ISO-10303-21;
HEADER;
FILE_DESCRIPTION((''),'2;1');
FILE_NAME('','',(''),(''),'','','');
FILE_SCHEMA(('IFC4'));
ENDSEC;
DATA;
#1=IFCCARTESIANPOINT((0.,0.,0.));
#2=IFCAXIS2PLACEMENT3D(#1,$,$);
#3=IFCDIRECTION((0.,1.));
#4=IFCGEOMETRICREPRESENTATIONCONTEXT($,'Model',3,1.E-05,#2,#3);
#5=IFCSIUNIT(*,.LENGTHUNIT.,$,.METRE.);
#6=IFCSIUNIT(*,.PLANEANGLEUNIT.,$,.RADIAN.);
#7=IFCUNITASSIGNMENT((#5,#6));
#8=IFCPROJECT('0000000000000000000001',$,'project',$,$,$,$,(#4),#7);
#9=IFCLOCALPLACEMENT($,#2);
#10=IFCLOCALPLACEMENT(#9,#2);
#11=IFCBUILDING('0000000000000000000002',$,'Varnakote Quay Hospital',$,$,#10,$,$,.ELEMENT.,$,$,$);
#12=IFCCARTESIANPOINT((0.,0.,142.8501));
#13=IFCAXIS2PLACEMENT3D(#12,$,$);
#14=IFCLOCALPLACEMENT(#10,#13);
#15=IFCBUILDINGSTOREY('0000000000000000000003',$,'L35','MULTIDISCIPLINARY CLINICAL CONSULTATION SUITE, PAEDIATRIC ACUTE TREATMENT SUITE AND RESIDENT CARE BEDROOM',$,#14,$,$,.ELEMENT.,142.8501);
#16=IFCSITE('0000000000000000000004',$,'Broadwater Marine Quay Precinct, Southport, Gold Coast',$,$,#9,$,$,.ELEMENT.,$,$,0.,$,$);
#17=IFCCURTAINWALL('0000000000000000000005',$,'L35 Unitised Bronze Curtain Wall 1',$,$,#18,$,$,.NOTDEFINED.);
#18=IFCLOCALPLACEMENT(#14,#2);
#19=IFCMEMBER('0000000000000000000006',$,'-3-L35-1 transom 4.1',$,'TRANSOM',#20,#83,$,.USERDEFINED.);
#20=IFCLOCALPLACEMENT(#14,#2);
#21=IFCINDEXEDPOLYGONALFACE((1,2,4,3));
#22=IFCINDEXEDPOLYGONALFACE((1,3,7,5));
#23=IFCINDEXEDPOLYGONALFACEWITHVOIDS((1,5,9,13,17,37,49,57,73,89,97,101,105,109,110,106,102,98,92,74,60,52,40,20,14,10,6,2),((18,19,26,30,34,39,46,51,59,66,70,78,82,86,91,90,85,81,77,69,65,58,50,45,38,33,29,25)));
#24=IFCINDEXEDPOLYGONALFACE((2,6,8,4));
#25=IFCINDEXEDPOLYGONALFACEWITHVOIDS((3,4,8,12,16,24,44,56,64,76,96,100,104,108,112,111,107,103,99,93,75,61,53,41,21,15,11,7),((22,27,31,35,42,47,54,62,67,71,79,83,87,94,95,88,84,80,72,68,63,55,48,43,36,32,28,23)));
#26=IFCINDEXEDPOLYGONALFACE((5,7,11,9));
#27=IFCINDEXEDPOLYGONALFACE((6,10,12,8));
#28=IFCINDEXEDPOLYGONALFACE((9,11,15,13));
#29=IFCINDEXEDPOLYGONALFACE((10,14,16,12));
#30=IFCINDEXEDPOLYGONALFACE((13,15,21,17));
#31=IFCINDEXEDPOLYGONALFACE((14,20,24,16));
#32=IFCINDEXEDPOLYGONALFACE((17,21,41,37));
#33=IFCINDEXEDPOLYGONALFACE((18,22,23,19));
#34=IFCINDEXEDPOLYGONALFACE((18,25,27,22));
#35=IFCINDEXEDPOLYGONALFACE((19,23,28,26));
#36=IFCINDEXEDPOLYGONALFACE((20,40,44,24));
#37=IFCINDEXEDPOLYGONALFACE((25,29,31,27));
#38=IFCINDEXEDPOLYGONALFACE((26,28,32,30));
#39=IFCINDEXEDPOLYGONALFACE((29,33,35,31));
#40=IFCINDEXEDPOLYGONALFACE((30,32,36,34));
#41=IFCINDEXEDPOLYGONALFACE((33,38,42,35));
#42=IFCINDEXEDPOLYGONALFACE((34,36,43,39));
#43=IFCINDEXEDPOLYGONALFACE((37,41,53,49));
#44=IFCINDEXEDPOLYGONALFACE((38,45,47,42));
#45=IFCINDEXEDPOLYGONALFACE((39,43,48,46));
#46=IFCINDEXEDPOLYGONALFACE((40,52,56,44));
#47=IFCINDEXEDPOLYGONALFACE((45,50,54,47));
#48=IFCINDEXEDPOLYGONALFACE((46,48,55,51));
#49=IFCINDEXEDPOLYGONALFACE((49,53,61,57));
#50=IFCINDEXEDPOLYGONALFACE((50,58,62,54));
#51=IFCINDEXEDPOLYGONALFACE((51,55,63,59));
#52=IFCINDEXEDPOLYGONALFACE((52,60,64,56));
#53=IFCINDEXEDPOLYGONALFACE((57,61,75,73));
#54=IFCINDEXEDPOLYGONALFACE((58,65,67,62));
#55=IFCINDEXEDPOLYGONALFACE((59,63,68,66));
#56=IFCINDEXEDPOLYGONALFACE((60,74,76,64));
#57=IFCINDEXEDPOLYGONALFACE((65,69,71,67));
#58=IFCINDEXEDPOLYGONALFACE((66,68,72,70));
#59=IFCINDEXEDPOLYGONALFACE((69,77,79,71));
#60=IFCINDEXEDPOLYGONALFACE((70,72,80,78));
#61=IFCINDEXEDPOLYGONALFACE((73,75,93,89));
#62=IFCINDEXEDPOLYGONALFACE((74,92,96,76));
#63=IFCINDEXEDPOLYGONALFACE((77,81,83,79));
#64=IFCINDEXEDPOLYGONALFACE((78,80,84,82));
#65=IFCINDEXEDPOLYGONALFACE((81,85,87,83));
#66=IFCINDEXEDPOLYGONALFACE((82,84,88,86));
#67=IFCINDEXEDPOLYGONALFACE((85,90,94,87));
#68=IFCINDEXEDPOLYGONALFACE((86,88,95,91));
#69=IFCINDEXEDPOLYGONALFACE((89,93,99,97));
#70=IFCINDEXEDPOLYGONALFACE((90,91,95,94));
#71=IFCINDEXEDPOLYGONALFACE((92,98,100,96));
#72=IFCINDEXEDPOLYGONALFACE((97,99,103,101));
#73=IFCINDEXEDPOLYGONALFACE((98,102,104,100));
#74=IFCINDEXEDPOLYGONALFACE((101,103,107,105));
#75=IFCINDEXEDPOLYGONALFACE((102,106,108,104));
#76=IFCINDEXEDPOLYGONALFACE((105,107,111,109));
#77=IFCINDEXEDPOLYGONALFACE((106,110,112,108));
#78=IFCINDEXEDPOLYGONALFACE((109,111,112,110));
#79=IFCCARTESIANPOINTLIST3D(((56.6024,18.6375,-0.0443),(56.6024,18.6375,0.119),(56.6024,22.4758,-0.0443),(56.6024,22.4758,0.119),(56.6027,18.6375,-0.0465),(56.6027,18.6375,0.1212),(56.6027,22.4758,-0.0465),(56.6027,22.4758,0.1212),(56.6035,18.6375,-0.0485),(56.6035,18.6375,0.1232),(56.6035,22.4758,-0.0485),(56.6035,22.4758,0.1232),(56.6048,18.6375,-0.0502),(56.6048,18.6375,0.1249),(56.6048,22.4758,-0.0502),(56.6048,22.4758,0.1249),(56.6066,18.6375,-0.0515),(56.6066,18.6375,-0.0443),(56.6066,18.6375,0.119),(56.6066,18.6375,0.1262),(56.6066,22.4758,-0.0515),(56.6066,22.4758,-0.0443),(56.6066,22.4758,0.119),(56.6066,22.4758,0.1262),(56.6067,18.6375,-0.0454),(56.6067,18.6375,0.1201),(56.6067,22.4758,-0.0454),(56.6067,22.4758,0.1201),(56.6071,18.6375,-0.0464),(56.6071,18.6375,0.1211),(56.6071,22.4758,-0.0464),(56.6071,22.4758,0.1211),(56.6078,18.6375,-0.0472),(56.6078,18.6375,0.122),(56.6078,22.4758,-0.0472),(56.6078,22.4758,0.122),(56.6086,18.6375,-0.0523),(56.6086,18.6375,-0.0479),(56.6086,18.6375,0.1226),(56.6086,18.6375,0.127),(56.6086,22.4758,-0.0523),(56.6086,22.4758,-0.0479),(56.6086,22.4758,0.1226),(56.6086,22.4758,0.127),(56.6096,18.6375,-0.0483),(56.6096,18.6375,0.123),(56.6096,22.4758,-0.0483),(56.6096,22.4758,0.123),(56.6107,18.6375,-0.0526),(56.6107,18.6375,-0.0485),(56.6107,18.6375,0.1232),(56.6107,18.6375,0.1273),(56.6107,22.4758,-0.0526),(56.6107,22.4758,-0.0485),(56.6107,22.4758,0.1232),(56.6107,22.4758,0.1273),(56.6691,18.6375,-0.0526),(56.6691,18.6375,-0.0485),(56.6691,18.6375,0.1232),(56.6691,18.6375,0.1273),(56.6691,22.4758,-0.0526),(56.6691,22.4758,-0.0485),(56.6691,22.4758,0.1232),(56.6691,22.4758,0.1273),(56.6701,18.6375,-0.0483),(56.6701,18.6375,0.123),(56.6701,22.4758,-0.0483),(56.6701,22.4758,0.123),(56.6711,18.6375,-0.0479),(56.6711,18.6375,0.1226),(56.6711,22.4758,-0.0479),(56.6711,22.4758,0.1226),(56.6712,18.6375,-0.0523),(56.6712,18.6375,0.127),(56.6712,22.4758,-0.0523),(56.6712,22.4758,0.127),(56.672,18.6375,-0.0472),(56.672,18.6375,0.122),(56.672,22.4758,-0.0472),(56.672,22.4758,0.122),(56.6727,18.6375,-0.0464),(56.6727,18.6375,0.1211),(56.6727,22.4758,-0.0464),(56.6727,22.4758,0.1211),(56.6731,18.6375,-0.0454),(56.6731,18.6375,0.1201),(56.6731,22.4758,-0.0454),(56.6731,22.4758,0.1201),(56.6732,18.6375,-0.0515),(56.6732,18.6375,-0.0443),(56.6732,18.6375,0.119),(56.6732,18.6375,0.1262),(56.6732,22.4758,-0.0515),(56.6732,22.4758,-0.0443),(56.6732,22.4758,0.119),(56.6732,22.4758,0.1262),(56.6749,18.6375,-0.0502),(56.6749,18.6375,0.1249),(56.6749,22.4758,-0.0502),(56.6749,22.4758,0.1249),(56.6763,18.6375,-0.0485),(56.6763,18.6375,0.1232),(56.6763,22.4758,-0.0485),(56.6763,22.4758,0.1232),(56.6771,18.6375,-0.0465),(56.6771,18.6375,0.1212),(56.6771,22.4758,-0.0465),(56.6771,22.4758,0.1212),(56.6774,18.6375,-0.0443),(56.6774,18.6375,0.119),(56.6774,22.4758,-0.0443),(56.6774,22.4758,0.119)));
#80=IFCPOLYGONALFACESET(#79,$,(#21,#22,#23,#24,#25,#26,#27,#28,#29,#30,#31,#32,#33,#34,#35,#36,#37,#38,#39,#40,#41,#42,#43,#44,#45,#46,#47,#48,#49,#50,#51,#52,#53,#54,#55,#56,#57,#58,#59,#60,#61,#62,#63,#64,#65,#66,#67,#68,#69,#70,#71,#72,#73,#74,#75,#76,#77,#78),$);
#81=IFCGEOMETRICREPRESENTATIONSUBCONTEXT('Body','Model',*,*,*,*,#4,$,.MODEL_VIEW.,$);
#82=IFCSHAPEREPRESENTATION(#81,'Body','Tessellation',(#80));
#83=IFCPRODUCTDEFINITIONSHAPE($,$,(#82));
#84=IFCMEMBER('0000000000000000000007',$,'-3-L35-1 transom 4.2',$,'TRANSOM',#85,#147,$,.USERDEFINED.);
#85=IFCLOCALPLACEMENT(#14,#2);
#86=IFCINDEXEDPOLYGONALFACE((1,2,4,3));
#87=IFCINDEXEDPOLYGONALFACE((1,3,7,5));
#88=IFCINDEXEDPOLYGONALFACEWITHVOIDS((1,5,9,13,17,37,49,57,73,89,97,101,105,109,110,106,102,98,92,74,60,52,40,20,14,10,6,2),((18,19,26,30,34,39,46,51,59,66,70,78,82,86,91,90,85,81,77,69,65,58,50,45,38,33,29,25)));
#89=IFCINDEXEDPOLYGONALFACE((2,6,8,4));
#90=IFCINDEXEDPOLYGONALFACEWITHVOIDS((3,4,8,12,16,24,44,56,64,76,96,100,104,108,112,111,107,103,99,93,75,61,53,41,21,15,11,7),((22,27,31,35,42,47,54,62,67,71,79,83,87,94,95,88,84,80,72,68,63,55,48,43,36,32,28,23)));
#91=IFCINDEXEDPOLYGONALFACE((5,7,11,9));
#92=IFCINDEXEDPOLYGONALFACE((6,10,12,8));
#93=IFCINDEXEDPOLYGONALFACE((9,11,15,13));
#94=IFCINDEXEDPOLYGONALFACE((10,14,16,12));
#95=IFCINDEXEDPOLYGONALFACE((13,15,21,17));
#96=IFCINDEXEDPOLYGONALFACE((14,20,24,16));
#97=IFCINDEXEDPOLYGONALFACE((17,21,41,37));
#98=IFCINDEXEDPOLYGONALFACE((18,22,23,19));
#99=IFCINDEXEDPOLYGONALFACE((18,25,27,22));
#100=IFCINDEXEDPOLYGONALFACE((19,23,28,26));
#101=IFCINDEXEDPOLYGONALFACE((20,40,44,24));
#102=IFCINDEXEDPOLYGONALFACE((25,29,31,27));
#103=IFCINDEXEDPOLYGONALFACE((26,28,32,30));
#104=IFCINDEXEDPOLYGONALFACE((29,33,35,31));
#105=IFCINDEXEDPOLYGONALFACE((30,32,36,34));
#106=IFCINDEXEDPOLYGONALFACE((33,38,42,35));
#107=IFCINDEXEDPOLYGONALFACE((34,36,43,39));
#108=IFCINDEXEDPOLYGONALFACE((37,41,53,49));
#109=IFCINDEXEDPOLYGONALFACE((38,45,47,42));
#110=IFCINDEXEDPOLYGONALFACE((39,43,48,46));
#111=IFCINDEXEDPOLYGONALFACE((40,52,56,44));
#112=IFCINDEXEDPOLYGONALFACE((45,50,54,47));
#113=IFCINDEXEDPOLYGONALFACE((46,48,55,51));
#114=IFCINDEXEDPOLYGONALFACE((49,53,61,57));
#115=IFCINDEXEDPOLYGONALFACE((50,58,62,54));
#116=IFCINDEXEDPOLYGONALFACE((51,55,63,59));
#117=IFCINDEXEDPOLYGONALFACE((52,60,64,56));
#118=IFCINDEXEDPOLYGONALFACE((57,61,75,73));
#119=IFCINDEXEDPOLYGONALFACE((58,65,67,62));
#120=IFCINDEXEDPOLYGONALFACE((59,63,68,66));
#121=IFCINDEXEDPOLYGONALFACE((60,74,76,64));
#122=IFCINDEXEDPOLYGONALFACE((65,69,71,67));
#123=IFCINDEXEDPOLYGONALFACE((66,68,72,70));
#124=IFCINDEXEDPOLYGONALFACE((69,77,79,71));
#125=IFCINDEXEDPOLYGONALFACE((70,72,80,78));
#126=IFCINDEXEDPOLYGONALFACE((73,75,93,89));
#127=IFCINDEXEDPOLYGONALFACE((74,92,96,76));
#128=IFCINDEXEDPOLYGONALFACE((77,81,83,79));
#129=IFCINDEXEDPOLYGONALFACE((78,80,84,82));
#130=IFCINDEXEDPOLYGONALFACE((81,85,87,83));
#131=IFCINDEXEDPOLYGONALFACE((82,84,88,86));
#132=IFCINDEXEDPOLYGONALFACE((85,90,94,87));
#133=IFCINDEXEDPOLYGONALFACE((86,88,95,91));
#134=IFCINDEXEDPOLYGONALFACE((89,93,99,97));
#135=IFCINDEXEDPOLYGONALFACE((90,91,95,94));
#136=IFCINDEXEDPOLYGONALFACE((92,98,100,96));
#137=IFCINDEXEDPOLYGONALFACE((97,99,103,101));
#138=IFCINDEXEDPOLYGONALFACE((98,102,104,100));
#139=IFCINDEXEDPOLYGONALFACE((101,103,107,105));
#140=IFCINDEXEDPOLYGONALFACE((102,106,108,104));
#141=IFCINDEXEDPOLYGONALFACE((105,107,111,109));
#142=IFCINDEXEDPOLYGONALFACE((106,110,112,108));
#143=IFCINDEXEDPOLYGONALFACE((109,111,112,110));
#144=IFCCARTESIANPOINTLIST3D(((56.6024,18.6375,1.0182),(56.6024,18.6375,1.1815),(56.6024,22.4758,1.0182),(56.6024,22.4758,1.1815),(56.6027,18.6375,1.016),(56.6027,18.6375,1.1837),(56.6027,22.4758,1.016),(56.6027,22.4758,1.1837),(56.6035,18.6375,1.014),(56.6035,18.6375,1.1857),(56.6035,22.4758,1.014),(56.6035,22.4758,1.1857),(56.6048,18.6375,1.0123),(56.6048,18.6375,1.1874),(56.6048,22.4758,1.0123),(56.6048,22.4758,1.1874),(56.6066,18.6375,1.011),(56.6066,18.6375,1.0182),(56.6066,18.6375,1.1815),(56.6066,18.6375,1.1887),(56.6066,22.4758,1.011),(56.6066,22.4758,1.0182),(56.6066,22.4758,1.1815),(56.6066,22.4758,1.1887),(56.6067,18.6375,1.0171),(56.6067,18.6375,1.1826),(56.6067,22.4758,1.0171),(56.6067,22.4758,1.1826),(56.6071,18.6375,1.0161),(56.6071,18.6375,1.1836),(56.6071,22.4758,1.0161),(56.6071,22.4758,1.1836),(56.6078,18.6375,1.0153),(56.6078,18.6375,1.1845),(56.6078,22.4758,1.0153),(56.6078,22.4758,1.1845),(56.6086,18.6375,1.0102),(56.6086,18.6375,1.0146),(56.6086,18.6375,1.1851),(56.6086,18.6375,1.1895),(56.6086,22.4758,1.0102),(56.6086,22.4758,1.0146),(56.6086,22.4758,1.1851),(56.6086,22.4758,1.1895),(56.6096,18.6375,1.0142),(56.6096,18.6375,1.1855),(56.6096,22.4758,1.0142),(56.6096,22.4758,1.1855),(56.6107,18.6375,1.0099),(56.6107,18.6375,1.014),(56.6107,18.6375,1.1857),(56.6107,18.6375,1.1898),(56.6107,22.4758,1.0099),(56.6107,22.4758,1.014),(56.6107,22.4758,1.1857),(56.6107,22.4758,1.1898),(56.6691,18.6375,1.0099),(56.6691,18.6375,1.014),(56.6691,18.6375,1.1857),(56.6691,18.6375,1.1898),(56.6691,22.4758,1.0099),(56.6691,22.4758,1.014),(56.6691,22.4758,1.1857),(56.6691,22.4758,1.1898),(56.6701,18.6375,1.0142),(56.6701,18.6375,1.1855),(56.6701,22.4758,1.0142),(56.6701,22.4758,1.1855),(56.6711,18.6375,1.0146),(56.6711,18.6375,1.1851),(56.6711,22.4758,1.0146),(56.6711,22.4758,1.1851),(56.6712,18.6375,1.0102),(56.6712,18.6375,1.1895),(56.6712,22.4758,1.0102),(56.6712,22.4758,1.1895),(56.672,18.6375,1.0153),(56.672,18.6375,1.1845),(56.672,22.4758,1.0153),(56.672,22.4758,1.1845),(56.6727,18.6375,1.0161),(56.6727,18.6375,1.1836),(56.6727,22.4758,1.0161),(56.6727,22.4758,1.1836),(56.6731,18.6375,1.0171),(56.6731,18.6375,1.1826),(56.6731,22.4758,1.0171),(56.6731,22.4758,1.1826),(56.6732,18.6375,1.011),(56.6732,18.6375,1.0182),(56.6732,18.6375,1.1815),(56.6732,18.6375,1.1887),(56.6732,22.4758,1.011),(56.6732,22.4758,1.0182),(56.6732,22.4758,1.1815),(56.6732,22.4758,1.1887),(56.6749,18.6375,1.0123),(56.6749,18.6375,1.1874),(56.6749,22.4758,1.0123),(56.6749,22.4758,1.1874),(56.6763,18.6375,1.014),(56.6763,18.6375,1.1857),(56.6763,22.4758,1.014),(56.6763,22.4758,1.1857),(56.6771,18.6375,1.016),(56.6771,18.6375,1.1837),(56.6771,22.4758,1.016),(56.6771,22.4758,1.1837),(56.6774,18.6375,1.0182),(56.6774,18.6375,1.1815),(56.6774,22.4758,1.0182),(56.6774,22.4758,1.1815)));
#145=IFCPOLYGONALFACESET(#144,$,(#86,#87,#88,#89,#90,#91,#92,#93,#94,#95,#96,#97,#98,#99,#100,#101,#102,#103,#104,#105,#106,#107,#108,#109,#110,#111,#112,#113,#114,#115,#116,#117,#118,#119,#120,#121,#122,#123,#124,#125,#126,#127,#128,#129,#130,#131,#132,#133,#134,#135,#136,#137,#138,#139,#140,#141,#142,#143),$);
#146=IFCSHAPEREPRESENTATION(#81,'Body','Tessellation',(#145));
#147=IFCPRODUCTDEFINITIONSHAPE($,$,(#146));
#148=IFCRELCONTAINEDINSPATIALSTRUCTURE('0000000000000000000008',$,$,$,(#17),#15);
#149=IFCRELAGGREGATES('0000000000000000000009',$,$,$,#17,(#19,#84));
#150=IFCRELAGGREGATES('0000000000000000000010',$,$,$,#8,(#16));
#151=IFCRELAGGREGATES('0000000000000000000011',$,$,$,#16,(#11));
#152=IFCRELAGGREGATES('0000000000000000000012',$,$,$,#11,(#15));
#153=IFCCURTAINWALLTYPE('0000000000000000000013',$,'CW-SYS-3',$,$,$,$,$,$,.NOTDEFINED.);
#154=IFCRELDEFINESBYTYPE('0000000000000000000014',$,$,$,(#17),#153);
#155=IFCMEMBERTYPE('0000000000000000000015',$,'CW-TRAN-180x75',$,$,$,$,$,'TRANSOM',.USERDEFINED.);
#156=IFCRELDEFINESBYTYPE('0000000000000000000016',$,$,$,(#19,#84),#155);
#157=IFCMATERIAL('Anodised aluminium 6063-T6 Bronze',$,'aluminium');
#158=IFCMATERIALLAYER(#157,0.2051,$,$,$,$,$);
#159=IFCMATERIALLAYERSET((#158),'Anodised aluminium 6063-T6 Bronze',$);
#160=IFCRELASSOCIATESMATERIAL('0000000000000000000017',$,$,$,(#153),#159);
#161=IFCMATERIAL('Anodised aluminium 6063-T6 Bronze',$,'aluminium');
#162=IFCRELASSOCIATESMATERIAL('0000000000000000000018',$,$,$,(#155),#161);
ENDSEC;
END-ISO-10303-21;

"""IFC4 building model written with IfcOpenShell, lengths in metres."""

from ifc_helpers import new_model, si_unit, direction, frame, origin, origin_2d, place, context, subcontext, project, spatial, hollow_rectangle, extrude, material, layer, layer_set, material_profile, profile_set, type_object, element, aggregate, save


model = new_model("IFC4")

# Units and contexts
model_context = context("Model", 3, precision=1e-05, world=origin(), true_north=direction((0.0, 1.0)))
body_context = subcontext(model_context, "Body", "Model", "MODEL_VIEW")
ifc_project = project(units=[si_unit("LENGTHUNIT", "METRE"), si_unit("PLANEANGLEUNIT", "RADIAN")], contexts=[model_context])

# Site, building, storey
site_placement = place(None, origin())
site = spatial("IfcSite", under=ifc_project, at=site_placement, Name="Broadwater Marine Quay Precinct, Southport, Gold Coast", CompositionType="ELEMENT", RefElevation=0.0)
building_placement = place(site_placement, origin())
building = spatial("IfcBuilding", under=site, at=building_placement, Name="Varnakote Quay Hospital", CompositionType="ELEMENT")
storey_placement = place(building_placement, frame((0.0, 0.0, 142.8501)))
storey = spatial("IfcBuildingStorey", under=building, at=storey_placement, Name="L35", Description="MULTIDISCIPLINARY CLINICAL CONSULTATION SUITE, PAEDIATRIC ACUTE TREATMENT SUITE AND RESIDENT CARE BEDROOM", CompositionType="ELEMENT", Elevation=142.8501)

# Curtain wall, members
ifc_material_1 = material(Name="Anodised aluminium 6063-T6 Bronze", Category="aluminium")
ifc_layer_1 = layer(ifc_material_1, 0.2051)
ifc_layer_set_1 = layer_set([ifc_layer_1], Name="Anodised aluminium 6063-T6 Bronze")
curtain_wall_type = type_object("IfcCurtainWallType", Name="CW-SYS-3", PredefinedType="NOTDEFINED", material=ifc_layer_set_1)
curtain_wall_placement = place(storey_placement, origin())
curtain_wall = element("IfcCurtainWall", 1, at=curtain_wall_placement, inside=storey, type_object=curtain_wall_type, Name="L35 Unitised Bronze Curtain Wall 1", PredefinedType="NOTDEFINED")
ifc_material_2 = material(Name="Anodised aluminium 6063-T6 Bronze", Category="aluminium")
ifc_material_profile_1 = material_profile(ifc_material_2, hollow_rectangle(XDim=0.075, YDim=0.1799, WallThickness=0.0042, InnerFilletRadius=0.0042, OuterFilletRadius=0.0083, at=origin_2d()), Name="CW-TRAN-180x75")
ifc_profile_set_1 = profile_set([ifc_material_profile_1], Name="Anodised aluminium 6063-T6 Bronze")
member_type_1 = type_object("IfcMemberType", Name="CW-TRAN-180x75", ElementType="TRANSOM", PredefinedType="USERDEFINED", material=ifc_profile_set_1)
member_1_placement = place(storey_placement, frame((56.6399, 18.6375, 0.0374), z_axis=(0.0, 1.0, 0.0), x_axis=(-1.0, 0.0, 0.0)))
member_1 = element("IfcMember", 2, at=member_1_placement, type_object=member_type_1, Name="-3-L35-1 transom 4.1", ObjectType="TRANSOM", PredefinedType="USERDEFINED", context=body_context, shape_type="SweptSolid", body=[
    extrude(hollow_rectangle(XDim=0.075, YDim=0.1799, WallThickness=0.0042, InnerFilletRadius=0.0042, OuterFilletRadius=0.0083, at=origin_2d()), origin(), (0.0, 0.0, 1.0), 3.8384),
])
member_2_placement = place(storey_placement, frame((56.6399, 18.6375, 1.0999), z_axis=(0.0, 1.0, 0.0), x_axis=(-1.0, 0.0, 0.0)))
member_2 = element("IfcMember", 3, at=member_2_placement, type_object=member_type_1, Name="-3-L35-1 transom 4.2", ObjectType="TRANSOM", PredefinedType="USERDEFINED", context=body_context, shape_type="SweptSolid", body=[
    extrude(hollow_rectangle(XDim=0.075, YDim=0.1799, WallThickness=0.0042, InnerFilletRadius=0.0042, OuterFilletRadius=0.0083, at=origin_2d()), origin(), (0.0, 0.0, 1.0), 3.8384),
])
aggregate(curtain_wall, [member_1, member_2])

save(model, "model.ifc")
